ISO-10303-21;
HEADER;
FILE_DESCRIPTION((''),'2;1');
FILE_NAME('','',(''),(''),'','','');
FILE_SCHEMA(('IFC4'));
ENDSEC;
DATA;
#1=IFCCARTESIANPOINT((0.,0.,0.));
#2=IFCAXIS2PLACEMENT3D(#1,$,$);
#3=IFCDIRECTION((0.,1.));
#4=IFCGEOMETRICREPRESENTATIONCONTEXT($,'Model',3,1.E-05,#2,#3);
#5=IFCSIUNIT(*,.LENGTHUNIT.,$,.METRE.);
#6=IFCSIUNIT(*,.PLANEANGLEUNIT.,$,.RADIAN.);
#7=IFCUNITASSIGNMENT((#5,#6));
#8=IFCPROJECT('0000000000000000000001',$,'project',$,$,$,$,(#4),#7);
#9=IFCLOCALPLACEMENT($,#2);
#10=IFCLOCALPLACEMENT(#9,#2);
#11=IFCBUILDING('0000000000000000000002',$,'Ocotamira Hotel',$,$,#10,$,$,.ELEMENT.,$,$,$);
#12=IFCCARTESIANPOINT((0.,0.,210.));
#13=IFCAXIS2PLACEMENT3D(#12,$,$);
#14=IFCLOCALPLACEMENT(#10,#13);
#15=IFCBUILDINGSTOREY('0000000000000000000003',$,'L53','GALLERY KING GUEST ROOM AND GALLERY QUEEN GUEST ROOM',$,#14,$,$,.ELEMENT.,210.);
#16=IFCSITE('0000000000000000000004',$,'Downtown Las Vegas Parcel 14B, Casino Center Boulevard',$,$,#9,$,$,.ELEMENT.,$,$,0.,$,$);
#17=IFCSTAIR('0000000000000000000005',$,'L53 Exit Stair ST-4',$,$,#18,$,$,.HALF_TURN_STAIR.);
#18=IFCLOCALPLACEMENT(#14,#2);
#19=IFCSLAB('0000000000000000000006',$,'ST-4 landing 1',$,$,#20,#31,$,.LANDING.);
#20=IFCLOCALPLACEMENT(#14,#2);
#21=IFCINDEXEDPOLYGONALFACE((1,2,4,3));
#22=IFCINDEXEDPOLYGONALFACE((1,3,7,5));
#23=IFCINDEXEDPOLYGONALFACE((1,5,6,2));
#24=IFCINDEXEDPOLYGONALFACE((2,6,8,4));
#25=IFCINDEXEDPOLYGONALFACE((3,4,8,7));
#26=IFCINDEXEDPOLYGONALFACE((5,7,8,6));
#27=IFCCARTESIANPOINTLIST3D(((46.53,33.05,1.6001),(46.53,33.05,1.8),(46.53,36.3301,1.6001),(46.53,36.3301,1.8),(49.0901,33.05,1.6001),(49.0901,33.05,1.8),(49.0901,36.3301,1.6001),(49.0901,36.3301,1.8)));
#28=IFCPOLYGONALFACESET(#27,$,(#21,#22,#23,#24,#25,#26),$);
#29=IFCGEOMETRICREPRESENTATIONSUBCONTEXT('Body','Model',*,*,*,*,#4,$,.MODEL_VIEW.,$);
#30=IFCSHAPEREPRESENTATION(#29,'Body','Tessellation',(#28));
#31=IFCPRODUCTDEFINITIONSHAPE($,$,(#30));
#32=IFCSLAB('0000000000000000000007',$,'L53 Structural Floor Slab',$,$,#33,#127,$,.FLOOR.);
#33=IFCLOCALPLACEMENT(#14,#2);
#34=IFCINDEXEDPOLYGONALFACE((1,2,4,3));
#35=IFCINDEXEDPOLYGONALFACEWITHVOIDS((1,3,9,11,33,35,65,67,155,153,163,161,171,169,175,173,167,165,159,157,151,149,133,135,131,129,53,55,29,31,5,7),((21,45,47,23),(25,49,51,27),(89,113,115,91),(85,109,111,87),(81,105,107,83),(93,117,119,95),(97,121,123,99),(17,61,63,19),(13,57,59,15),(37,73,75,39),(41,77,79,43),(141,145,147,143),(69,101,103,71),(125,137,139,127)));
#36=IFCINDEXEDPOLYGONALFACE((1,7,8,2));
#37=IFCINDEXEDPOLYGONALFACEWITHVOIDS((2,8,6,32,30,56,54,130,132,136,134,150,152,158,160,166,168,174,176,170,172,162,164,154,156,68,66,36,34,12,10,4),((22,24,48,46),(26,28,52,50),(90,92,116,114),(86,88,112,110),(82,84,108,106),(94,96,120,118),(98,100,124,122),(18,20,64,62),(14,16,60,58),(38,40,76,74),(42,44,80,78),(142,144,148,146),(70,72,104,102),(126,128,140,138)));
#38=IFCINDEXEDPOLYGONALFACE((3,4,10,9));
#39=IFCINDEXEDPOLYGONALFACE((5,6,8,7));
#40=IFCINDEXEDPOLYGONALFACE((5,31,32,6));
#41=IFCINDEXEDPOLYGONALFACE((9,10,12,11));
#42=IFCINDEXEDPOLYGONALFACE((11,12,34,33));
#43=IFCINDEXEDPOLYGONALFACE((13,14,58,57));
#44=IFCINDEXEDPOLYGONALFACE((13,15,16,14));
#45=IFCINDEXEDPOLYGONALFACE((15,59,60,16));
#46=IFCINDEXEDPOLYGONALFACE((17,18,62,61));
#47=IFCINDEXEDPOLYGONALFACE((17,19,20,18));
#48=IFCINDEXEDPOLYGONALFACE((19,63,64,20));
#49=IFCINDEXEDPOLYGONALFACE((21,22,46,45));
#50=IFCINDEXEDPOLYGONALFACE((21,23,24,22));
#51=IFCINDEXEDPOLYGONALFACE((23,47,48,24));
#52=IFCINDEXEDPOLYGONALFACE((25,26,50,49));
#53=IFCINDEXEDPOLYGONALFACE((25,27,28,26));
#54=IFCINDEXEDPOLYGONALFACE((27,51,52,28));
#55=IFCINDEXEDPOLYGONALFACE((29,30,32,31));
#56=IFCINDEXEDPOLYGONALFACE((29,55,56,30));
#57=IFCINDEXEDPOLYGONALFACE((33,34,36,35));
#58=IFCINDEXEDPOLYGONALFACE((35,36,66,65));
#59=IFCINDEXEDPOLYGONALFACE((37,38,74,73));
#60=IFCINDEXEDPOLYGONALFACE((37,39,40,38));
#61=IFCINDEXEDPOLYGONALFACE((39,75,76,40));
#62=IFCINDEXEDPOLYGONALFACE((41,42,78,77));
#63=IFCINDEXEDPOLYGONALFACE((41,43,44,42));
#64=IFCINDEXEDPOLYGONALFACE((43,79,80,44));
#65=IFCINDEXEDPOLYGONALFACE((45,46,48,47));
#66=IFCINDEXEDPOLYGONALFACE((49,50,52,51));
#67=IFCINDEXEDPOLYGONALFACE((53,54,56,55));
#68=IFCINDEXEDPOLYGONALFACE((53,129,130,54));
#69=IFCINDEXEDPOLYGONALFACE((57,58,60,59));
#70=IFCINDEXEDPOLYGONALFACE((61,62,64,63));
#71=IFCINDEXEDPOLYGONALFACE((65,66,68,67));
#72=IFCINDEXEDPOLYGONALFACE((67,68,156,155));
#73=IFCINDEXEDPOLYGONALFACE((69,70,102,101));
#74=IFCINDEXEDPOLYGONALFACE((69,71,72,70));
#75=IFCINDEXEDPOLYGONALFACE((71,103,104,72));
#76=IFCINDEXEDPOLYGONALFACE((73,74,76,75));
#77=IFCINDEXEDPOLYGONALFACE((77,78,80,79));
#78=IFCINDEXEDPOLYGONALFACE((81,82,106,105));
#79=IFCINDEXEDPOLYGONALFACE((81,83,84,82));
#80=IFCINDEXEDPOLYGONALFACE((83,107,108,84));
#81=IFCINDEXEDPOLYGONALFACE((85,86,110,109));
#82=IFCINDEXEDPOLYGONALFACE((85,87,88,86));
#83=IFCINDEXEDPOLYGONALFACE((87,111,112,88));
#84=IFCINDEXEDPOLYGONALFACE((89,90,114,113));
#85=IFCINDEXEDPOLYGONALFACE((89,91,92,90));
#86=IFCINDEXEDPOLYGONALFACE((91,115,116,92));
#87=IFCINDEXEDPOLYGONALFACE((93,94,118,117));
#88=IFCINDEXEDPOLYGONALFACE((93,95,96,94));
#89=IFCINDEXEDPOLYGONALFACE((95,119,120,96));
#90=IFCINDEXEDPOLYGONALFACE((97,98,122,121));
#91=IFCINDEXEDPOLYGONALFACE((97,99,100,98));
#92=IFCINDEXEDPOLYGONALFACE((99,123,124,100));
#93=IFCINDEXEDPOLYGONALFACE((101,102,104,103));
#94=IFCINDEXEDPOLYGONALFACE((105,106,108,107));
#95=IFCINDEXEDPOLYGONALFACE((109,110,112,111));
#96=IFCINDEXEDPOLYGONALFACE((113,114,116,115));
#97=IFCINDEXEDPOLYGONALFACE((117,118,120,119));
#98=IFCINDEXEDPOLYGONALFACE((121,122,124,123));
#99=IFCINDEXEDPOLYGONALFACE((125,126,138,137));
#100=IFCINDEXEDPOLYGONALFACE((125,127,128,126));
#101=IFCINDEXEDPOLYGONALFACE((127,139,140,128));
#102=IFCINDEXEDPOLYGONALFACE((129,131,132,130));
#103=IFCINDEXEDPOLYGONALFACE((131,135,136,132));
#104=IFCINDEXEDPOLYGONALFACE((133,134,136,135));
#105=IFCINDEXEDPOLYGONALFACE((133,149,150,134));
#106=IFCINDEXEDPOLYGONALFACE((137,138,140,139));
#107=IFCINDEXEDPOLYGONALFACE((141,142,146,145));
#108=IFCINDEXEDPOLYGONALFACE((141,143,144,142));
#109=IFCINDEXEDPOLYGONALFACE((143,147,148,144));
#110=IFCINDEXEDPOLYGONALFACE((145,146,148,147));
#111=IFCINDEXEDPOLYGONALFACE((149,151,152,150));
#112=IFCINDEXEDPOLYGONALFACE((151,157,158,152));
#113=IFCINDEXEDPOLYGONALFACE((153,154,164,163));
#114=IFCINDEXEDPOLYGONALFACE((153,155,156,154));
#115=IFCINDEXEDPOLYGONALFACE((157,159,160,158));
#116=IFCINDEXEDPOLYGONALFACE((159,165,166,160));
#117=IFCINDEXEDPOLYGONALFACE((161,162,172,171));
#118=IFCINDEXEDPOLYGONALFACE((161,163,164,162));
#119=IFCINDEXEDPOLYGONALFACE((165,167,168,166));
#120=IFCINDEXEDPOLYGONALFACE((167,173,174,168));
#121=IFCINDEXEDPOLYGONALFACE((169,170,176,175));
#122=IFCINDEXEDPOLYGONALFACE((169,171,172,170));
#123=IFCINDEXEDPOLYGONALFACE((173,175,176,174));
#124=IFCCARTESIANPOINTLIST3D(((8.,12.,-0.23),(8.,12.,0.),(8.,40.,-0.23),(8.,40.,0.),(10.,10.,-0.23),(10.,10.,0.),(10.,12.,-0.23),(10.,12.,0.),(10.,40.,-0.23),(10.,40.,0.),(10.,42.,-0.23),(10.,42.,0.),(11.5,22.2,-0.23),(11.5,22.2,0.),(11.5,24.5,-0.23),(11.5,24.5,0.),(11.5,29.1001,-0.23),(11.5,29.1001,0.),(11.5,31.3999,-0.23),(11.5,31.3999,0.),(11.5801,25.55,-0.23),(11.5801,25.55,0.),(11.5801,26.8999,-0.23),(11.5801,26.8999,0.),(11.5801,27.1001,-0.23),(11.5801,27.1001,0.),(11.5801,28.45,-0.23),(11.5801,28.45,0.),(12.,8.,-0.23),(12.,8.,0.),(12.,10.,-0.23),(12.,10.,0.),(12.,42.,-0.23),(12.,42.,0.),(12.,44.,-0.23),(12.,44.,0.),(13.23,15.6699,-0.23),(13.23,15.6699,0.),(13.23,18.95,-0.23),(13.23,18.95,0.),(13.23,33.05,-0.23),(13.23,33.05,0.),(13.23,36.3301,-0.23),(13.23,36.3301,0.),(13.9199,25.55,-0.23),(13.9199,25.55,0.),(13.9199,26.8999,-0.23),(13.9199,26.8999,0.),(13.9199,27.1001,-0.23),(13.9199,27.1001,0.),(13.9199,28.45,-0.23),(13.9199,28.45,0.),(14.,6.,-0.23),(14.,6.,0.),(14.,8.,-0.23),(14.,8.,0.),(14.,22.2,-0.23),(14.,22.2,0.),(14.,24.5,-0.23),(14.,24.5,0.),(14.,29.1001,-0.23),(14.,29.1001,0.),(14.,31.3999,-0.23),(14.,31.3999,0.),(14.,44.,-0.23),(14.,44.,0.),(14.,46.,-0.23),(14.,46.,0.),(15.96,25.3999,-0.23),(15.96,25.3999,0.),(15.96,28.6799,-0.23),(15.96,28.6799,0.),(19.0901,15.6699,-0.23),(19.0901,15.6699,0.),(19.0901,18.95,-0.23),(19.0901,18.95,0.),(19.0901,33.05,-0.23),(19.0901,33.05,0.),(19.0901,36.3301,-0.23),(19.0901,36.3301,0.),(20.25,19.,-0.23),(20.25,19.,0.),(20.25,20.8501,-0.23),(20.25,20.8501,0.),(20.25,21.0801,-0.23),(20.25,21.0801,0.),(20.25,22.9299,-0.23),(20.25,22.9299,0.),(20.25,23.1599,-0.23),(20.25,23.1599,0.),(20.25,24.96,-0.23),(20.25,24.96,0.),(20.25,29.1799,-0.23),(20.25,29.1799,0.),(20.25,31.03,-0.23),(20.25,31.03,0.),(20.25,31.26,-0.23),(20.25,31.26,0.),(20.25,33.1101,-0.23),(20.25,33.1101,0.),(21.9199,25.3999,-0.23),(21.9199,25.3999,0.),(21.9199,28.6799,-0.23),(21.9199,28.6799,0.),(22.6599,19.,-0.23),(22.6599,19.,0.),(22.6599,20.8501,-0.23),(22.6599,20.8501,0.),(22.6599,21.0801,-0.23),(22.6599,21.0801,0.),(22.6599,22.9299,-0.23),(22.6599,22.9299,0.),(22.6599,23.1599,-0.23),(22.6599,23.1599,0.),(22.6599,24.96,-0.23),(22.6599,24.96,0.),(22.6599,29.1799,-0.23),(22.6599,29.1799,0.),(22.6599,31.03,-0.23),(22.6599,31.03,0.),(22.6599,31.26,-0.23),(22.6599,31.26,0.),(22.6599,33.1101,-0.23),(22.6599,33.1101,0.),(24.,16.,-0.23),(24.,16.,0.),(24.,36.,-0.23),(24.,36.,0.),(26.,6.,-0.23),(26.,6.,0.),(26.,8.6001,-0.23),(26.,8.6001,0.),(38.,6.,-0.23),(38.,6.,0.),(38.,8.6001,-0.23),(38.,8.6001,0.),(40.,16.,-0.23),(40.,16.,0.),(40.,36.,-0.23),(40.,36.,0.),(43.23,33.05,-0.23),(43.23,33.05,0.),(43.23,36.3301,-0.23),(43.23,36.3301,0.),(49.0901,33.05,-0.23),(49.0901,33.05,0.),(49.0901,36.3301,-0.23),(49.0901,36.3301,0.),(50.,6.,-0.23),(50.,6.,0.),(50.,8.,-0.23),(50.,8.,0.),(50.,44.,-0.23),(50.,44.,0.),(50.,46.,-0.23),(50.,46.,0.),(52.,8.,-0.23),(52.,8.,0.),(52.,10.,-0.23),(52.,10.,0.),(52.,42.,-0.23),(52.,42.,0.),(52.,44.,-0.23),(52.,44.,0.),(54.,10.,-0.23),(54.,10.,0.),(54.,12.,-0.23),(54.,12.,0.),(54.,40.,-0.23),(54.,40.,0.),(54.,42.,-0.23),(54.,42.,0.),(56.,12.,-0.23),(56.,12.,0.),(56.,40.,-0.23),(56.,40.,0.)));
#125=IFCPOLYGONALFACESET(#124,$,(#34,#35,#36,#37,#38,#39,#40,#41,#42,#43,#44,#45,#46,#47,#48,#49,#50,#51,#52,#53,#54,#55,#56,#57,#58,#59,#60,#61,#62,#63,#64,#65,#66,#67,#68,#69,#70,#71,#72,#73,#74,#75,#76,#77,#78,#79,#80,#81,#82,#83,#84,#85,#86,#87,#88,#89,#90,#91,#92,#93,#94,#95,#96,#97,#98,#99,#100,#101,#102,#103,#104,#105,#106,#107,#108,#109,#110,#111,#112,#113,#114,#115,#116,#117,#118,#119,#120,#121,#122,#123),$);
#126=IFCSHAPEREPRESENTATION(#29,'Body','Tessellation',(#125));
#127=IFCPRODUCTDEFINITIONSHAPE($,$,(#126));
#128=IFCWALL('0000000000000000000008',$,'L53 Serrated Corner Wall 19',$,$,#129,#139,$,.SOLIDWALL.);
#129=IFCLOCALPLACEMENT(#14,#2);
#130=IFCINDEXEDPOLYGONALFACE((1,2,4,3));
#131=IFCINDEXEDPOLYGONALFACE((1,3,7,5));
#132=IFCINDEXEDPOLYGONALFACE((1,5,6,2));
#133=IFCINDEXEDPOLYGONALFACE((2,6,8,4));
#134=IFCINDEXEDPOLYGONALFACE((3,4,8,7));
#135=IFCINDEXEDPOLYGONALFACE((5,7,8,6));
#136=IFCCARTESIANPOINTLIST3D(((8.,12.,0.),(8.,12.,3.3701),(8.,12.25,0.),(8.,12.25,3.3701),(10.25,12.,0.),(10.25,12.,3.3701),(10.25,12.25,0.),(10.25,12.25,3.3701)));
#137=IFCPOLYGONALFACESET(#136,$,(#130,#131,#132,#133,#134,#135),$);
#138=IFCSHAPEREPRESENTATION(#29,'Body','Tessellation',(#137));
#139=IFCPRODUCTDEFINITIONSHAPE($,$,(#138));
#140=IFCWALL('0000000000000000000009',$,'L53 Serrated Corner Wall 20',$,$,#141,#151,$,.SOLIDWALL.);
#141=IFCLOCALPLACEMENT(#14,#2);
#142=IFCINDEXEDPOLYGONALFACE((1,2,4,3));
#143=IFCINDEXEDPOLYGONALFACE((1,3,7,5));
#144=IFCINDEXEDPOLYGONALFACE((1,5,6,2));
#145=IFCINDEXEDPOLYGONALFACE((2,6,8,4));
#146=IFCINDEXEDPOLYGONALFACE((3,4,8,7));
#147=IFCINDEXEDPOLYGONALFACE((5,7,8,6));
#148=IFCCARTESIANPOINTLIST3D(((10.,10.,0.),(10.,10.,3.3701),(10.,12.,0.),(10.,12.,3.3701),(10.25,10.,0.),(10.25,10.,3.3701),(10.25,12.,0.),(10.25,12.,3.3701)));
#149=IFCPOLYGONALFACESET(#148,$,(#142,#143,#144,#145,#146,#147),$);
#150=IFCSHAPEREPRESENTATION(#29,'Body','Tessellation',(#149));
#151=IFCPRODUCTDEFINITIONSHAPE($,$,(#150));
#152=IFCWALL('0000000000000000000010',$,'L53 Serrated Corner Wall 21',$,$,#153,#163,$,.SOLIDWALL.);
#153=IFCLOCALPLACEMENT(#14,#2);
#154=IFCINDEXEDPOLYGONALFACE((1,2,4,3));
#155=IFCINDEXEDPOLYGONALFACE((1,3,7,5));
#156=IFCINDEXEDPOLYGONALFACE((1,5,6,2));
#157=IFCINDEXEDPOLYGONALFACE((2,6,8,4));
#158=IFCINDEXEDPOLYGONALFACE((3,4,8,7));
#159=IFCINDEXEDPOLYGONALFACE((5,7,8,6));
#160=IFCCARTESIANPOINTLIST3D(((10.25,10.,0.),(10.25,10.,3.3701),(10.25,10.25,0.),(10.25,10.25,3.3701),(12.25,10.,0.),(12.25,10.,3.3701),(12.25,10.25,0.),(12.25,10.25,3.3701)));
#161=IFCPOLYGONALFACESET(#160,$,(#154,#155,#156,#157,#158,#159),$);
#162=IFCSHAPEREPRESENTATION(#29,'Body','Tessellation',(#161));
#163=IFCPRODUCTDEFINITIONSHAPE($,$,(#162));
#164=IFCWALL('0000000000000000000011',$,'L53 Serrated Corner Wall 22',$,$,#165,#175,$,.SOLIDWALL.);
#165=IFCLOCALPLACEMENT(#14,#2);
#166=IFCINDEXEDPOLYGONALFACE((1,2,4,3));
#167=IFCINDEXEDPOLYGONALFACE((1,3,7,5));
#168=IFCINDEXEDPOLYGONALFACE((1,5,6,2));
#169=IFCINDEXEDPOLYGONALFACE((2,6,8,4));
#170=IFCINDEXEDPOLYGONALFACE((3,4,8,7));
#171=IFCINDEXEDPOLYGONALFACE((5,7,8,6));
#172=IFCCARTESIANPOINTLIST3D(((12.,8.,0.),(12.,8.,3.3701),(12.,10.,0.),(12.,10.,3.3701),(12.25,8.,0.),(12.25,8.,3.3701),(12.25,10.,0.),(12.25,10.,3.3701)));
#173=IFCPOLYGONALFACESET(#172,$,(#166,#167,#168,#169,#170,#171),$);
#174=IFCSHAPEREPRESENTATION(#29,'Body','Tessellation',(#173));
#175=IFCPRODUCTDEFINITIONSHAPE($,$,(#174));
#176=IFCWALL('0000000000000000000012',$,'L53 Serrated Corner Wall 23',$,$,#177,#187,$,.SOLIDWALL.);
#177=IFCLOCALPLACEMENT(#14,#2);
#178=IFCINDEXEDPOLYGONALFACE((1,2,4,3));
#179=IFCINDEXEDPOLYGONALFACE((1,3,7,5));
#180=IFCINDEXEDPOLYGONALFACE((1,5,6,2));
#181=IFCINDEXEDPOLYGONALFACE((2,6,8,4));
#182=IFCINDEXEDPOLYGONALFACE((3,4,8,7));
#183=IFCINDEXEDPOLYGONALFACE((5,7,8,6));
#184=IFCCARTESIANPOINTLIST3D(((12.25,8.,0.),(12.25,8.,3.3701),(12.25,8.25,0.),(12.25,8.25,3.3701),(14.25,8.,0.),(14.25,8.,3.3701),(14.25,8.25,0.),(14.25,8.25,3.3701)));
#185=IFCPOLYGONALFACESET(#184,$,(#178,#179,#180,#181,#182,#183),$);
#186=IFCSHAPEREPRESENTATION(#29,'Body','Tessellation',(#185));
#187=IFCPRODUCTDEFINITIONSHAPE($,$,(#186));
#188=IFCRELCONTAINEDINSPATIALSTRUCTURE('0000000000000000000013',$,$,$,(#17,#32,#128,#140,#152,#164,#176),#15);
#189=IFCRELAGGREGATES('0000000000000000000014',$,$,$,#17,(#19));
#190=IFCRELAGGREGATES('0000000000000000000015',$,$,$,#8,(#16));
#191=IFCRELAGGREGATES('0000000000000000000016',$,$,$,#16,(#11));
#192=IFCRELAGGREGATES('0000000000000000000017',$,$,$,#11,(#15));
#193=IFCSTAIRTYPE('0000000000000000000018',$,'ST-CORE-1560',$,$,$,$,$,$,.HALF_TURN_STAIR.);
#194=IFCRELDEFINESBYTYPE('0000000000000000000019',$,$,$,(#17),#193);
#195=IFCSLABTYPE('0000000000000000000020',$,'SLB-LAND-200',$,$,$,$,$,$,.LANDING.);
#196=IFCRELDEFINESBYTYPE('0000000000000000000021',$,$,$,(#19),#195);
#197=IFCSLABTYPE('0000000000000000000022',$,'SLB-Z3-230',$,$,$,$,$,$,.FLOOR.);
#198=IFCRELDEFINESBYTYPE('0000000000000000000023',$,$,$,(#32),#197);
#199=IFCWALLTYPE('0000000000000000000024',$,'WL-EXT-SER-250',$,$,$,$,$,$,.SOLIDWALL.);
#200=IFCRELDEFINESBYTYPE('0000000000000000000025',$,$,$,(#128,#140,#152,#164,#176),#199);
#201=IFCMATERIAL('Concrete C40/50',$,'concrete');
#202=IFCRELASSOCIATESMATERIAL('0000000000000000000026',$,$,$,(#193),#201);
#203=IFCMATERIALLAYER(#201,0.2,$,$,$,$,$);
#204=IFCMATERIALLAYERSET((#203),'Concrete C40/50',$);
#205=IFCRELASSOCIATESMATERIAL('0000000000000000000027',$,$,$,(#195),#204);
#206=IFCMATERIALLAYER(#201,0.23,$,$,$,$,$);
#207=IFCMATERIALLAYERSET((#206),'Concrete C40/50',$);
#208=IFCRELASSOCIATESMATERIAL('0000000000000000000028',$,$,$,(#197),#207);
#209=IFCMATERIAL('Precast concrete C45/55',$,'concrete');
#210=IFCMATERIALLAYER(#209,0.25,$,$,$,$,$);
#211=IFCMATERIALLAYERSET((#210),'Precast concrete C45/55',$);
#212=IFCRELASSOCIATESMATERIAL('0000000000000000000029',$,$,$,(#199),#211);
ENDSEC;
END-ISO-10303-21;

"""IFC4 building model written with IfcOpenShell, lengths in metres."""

from ifc_helpers import new_model, si_unit, direction, frame, frame_2d, origin, place, context, subcontext, project, spatial, polyline, rectangle, outline, extrude, material, layer, layer_set, type_object, element, aggregate, save


model = new_model("IFC4")

# Units and contexts
model_context = context("Model", 3, precision=1e-05, world=origin(), true_north=direction((0.0, 1.0)))
body_context = subcontext(model_context, "Body", "Model", "MODEL_VIEW")
ifc_project = project(units=[si_unit("LENGTHUNIT", "METRE"), si_unit("PLANEANGLEUNIT", "RADIAN")], contexts=[model_context])

# Site, building, storey
site_placement = place(None, origin())
site = spatial("IfcSite", under=ifc_project, at=site_placement, Name="Downtown Las Vegas Parcel 14B, Casino Center Boulevard", CompositionType="ELEMENT", RefElevation=0.0)
building_placement = place(site_placement, origin())
building = spatial("IfcBuilding", under=site, at=building_placement, Name="Ocotamira Hotel", CompositionType="ELEMENT")
storey_placement = place(building_placement, frame((0.0, 0.0, 210.0)))
storey = spatial("IfcBuildingStorey", under=building, at=storey_placement, Name="L53", Description="GALLERY KING GUEST ROOM AND GALLERY QUEEN GUEST ROOM", CompositionType="ELEMENT", Elevation=210.0)

# Shared definitions
ifc_material_1 = material(Name="Concrete C40/50", Category="concrete")

# Stair, slab
stair_type = type_object("IfcStairType", Name="ST-CORE-1560", PredefinedType="HALF_TURN_STAIR", material=ifc_material_1)
ifc_layer_1 = layer(ifc_material_1, 0.2)
ifc_layer_set_1 = layer_set([ifc_layer_1], Name="Concrete C40/50")
slab_type_1 = type_object("IfcSlabType", Name="SLB-LAND-200", PredefinedType="LANDING", material=ifc_layer_set_1)
stair_1_placement = place(storey_placement, origin())
stair_1 = element("IfcStair", 1, at=stair_1_placement, inside=storey, type_object=stair_type, Name="L53 Exit Stair ST-4", PredefinedType="HALF_TURN_STAIR")
slab_1_placement = place(storey_placement, frame((0.0, 0.0, 1.6001)))
slab_1 = element("IfcSlab", 2, at=slab_1_placement, type_object=slab_type_1, Name="ST-4 landing 1", PredefinedType="LANDING", context=body_context, shape_type="SweptSolid", body=[
    extrude(outline(polyline([(46.53, 33.05), (49.0901, 33.05), (49.0901, 36.3301), (46.53, 36.3301), (46.53, 33.05)])), origin(), (0.0, 0.0, 1.0), 0.2),
])
aggregate(stair_1, [slab_1])

# Slab
ifc_layer_2 = layer(ifc_material_1, 0.23)
ifc_layer_set_2 = layer_set([ifc_layer_2], Name="Concrete C40/50")
slab_type_2 = type_object("IfcSlabType", Name="SLB-Z3-230", PredefinedType="FLOOR", material=ifc_layer_set_2)
slab_2_placement = place(storey_placement, frame((0.0, 0.0, -0.23)))
element("IfcSlab", 3, at=slab_2_placement, inside=storey, type_object=slab_type_2, Name="L53 Structural Floor Slab", PredefinedType="FLOOR", context=body_context, shape_type="SweptSolid", body=[
    extrude(outline(polyline([(14.0, 6.0), (14.0, 8.0), (12.0, 8.0), (12.0, 10.0), (10.0, 10.0), (10.0, 12.0), (8.0, 12.0), (8.0, 40.0), (10.0, 40.0), (10.0, 42.0), (12.0, 42.0), (12.0, 44.0), (14.0, 44.0), (14.0, 46.0), (50.0, 46.0), (50.0, 44.0), (52.0, 44.0), (52.0, 42.0), (54.0, 42.0), (54.0, 40.0), (56.0, 40.0), (56.0, 12.0), (54.0, 12.0), (54.0, 10.0), (52.0, 10.0), (52.0, 8.0), (50.0, 8.0), (50.0, 6.0), (38.0, 6.0), (38.0, 8.6001), (26.0, 8.6001), (26.0, 6.0), (14.0, 6.0)]), holes=[polyline([(24.0, 16.0), (40.0, 16.0), (40.0, 36.0), (24.0, 36.0), (24.0, 16.0)]), polyline([(13.23, 15.6699), (19.0901, 15.6699), (19.0901, 18.95), (13.23, 18.95), (13.23, 15.6699)]), polyline([(13.23, 33.05), (19.0901, 33.05), (19.0901, 36.3301), (13.23, 36.3301), (13.23, 33.05)]), polyline([(15.96, 25.3999), (21.9199, 25.3999), (21.9199, 28.6799), (15.96, 28.6799), (15.96, 25.3999)]), polyline([(43.23, 33.05), (49.0901, 33.05), (49.0901, 36.3301), (43.23, 36.3301), (43.23, 33.05)]), polyline([(20.25, 19.0), (22.6599, 19.0), (22.6599, 20.8501), (20.25, 20.8501), (20.25, 19.0)]), polyline([(20.25, 21.0801), (22.6599, 21.0801), (22.6599, 22.9299), (20.25, 22.9299), (20.25, 21.0801)]), polyline([(20.25, 23.1599), (22.6599, 23.1599), (22.6599, 24.96), (20.25, 24.96), (20.25, 23.1599)]), polyline([(20.25, 29.1799), (22.6599, 29.1799), (22.6599, 31.03), (20.25, 31.03), (20.25, 29.1799)]), polyline([(20.25, 31.26), (22.6599, 31.26), (22.6599, 33.1101), (20.25, 33.1101), (20.25, 31.26)]), polyline([(11.5, 22.2), (14.0, 22.2), (14.0, 24.5), (11.5, 24.5), (11.5, 22.2)]), polyline([(11.5, 29.1001), (14.0, 29.1001), (14.0, 31.3999), (11.5, 31.3999), (11.5, 29.1001)]), polyline([(11.5801, 25.55), (13.9199, 25.55), (13.9199, 26.8999), (11.5801, 26.8999), (11.5801, 25.55)]), polyline([(11.5801, 27.1001), (13.9199, 27.1001), (13.9199, 28.45), (11.5801, 28.45), (11.5801, 27.1001)])]), origin(), (0.0, 0.0, 1.0), 0.23),
])

# Walls
ifc_material_2 = material(Name="Precast concrete C45/55", Category="concrete")
ifc_layer_3 = layer(ifc_material_2, 0.25)
ifc_layer_set_3 = layer_set([ifc_layer_3], Name="Precast concrete C45/55")
wall_type_1 = type_object("IfcWallType", Name="WL-EXT-SER-250", PredefinedType="SOLIDWALL", material=ifc_layer_set_3)
wall_1_placement = place(storey_placement, frame((8.0, 12.125, 0.0), z_axis=(0.0, 0.0, 1.0), x_axis=(1.0, 0.0, 0.0)))
element("IfcWall", 4, at=wall_1_placement, inside=storey, type_object=wall_type_1, Name="L53 Serrated Corner Wall 19", PredefinedType="SOLIDWALL", context=body_context, shape_type="SweptSolid", body=[
    extrude(rectangle(XDim=2.25, YDim=0.25, at=frame_2d((1.125, 0.0))), origin(), (0.0, 0.0, 1.0), 3.3701),
])
for number, where, z_axis, x_axis, name in (
    (5, (10.125, 12.0, 0.0), (0.0, 0.0, 1.0), (0.0, -1.0, 0.0), "L53 Serrated Corner Wall 20"),
    (6, (10.25, 10.125, 0.0), (0.0, 0.0, 1.0), (1.0, 0.0, 0.0), "L53 Serrated Corner Wall 21"),
    (7, (12.125, 10.0, 0.0), (0.0, 0.0, 1.0), (0.0, -1.0, 0.0), "L53 Serrated Corner Wall 22"),
    (8, (12.25, 8.125, 0.0), (0.0, 0.0, 1.0), (1.0, 0.0, 0.0), "L53 Serrated Corner Wall 23"),
):
    element("IfcWall", number, at=place(storey_placement, frame(where, z_axis=z_axis, x_axis=x_axis)), inside=storey, type_object=wall_type_1, Name=name, PredefinedType="SOLIDWALL", context=body_context, shape_type="SweptSolid", body=[
        extrude(rectangle(XDim=2.0, YDim=0.25, at=frame_2d((1.0, 0.0))), origin(), (0.0, 0.0, 1.0), 3.3701),
    ])

save(model, "model.ifc")
